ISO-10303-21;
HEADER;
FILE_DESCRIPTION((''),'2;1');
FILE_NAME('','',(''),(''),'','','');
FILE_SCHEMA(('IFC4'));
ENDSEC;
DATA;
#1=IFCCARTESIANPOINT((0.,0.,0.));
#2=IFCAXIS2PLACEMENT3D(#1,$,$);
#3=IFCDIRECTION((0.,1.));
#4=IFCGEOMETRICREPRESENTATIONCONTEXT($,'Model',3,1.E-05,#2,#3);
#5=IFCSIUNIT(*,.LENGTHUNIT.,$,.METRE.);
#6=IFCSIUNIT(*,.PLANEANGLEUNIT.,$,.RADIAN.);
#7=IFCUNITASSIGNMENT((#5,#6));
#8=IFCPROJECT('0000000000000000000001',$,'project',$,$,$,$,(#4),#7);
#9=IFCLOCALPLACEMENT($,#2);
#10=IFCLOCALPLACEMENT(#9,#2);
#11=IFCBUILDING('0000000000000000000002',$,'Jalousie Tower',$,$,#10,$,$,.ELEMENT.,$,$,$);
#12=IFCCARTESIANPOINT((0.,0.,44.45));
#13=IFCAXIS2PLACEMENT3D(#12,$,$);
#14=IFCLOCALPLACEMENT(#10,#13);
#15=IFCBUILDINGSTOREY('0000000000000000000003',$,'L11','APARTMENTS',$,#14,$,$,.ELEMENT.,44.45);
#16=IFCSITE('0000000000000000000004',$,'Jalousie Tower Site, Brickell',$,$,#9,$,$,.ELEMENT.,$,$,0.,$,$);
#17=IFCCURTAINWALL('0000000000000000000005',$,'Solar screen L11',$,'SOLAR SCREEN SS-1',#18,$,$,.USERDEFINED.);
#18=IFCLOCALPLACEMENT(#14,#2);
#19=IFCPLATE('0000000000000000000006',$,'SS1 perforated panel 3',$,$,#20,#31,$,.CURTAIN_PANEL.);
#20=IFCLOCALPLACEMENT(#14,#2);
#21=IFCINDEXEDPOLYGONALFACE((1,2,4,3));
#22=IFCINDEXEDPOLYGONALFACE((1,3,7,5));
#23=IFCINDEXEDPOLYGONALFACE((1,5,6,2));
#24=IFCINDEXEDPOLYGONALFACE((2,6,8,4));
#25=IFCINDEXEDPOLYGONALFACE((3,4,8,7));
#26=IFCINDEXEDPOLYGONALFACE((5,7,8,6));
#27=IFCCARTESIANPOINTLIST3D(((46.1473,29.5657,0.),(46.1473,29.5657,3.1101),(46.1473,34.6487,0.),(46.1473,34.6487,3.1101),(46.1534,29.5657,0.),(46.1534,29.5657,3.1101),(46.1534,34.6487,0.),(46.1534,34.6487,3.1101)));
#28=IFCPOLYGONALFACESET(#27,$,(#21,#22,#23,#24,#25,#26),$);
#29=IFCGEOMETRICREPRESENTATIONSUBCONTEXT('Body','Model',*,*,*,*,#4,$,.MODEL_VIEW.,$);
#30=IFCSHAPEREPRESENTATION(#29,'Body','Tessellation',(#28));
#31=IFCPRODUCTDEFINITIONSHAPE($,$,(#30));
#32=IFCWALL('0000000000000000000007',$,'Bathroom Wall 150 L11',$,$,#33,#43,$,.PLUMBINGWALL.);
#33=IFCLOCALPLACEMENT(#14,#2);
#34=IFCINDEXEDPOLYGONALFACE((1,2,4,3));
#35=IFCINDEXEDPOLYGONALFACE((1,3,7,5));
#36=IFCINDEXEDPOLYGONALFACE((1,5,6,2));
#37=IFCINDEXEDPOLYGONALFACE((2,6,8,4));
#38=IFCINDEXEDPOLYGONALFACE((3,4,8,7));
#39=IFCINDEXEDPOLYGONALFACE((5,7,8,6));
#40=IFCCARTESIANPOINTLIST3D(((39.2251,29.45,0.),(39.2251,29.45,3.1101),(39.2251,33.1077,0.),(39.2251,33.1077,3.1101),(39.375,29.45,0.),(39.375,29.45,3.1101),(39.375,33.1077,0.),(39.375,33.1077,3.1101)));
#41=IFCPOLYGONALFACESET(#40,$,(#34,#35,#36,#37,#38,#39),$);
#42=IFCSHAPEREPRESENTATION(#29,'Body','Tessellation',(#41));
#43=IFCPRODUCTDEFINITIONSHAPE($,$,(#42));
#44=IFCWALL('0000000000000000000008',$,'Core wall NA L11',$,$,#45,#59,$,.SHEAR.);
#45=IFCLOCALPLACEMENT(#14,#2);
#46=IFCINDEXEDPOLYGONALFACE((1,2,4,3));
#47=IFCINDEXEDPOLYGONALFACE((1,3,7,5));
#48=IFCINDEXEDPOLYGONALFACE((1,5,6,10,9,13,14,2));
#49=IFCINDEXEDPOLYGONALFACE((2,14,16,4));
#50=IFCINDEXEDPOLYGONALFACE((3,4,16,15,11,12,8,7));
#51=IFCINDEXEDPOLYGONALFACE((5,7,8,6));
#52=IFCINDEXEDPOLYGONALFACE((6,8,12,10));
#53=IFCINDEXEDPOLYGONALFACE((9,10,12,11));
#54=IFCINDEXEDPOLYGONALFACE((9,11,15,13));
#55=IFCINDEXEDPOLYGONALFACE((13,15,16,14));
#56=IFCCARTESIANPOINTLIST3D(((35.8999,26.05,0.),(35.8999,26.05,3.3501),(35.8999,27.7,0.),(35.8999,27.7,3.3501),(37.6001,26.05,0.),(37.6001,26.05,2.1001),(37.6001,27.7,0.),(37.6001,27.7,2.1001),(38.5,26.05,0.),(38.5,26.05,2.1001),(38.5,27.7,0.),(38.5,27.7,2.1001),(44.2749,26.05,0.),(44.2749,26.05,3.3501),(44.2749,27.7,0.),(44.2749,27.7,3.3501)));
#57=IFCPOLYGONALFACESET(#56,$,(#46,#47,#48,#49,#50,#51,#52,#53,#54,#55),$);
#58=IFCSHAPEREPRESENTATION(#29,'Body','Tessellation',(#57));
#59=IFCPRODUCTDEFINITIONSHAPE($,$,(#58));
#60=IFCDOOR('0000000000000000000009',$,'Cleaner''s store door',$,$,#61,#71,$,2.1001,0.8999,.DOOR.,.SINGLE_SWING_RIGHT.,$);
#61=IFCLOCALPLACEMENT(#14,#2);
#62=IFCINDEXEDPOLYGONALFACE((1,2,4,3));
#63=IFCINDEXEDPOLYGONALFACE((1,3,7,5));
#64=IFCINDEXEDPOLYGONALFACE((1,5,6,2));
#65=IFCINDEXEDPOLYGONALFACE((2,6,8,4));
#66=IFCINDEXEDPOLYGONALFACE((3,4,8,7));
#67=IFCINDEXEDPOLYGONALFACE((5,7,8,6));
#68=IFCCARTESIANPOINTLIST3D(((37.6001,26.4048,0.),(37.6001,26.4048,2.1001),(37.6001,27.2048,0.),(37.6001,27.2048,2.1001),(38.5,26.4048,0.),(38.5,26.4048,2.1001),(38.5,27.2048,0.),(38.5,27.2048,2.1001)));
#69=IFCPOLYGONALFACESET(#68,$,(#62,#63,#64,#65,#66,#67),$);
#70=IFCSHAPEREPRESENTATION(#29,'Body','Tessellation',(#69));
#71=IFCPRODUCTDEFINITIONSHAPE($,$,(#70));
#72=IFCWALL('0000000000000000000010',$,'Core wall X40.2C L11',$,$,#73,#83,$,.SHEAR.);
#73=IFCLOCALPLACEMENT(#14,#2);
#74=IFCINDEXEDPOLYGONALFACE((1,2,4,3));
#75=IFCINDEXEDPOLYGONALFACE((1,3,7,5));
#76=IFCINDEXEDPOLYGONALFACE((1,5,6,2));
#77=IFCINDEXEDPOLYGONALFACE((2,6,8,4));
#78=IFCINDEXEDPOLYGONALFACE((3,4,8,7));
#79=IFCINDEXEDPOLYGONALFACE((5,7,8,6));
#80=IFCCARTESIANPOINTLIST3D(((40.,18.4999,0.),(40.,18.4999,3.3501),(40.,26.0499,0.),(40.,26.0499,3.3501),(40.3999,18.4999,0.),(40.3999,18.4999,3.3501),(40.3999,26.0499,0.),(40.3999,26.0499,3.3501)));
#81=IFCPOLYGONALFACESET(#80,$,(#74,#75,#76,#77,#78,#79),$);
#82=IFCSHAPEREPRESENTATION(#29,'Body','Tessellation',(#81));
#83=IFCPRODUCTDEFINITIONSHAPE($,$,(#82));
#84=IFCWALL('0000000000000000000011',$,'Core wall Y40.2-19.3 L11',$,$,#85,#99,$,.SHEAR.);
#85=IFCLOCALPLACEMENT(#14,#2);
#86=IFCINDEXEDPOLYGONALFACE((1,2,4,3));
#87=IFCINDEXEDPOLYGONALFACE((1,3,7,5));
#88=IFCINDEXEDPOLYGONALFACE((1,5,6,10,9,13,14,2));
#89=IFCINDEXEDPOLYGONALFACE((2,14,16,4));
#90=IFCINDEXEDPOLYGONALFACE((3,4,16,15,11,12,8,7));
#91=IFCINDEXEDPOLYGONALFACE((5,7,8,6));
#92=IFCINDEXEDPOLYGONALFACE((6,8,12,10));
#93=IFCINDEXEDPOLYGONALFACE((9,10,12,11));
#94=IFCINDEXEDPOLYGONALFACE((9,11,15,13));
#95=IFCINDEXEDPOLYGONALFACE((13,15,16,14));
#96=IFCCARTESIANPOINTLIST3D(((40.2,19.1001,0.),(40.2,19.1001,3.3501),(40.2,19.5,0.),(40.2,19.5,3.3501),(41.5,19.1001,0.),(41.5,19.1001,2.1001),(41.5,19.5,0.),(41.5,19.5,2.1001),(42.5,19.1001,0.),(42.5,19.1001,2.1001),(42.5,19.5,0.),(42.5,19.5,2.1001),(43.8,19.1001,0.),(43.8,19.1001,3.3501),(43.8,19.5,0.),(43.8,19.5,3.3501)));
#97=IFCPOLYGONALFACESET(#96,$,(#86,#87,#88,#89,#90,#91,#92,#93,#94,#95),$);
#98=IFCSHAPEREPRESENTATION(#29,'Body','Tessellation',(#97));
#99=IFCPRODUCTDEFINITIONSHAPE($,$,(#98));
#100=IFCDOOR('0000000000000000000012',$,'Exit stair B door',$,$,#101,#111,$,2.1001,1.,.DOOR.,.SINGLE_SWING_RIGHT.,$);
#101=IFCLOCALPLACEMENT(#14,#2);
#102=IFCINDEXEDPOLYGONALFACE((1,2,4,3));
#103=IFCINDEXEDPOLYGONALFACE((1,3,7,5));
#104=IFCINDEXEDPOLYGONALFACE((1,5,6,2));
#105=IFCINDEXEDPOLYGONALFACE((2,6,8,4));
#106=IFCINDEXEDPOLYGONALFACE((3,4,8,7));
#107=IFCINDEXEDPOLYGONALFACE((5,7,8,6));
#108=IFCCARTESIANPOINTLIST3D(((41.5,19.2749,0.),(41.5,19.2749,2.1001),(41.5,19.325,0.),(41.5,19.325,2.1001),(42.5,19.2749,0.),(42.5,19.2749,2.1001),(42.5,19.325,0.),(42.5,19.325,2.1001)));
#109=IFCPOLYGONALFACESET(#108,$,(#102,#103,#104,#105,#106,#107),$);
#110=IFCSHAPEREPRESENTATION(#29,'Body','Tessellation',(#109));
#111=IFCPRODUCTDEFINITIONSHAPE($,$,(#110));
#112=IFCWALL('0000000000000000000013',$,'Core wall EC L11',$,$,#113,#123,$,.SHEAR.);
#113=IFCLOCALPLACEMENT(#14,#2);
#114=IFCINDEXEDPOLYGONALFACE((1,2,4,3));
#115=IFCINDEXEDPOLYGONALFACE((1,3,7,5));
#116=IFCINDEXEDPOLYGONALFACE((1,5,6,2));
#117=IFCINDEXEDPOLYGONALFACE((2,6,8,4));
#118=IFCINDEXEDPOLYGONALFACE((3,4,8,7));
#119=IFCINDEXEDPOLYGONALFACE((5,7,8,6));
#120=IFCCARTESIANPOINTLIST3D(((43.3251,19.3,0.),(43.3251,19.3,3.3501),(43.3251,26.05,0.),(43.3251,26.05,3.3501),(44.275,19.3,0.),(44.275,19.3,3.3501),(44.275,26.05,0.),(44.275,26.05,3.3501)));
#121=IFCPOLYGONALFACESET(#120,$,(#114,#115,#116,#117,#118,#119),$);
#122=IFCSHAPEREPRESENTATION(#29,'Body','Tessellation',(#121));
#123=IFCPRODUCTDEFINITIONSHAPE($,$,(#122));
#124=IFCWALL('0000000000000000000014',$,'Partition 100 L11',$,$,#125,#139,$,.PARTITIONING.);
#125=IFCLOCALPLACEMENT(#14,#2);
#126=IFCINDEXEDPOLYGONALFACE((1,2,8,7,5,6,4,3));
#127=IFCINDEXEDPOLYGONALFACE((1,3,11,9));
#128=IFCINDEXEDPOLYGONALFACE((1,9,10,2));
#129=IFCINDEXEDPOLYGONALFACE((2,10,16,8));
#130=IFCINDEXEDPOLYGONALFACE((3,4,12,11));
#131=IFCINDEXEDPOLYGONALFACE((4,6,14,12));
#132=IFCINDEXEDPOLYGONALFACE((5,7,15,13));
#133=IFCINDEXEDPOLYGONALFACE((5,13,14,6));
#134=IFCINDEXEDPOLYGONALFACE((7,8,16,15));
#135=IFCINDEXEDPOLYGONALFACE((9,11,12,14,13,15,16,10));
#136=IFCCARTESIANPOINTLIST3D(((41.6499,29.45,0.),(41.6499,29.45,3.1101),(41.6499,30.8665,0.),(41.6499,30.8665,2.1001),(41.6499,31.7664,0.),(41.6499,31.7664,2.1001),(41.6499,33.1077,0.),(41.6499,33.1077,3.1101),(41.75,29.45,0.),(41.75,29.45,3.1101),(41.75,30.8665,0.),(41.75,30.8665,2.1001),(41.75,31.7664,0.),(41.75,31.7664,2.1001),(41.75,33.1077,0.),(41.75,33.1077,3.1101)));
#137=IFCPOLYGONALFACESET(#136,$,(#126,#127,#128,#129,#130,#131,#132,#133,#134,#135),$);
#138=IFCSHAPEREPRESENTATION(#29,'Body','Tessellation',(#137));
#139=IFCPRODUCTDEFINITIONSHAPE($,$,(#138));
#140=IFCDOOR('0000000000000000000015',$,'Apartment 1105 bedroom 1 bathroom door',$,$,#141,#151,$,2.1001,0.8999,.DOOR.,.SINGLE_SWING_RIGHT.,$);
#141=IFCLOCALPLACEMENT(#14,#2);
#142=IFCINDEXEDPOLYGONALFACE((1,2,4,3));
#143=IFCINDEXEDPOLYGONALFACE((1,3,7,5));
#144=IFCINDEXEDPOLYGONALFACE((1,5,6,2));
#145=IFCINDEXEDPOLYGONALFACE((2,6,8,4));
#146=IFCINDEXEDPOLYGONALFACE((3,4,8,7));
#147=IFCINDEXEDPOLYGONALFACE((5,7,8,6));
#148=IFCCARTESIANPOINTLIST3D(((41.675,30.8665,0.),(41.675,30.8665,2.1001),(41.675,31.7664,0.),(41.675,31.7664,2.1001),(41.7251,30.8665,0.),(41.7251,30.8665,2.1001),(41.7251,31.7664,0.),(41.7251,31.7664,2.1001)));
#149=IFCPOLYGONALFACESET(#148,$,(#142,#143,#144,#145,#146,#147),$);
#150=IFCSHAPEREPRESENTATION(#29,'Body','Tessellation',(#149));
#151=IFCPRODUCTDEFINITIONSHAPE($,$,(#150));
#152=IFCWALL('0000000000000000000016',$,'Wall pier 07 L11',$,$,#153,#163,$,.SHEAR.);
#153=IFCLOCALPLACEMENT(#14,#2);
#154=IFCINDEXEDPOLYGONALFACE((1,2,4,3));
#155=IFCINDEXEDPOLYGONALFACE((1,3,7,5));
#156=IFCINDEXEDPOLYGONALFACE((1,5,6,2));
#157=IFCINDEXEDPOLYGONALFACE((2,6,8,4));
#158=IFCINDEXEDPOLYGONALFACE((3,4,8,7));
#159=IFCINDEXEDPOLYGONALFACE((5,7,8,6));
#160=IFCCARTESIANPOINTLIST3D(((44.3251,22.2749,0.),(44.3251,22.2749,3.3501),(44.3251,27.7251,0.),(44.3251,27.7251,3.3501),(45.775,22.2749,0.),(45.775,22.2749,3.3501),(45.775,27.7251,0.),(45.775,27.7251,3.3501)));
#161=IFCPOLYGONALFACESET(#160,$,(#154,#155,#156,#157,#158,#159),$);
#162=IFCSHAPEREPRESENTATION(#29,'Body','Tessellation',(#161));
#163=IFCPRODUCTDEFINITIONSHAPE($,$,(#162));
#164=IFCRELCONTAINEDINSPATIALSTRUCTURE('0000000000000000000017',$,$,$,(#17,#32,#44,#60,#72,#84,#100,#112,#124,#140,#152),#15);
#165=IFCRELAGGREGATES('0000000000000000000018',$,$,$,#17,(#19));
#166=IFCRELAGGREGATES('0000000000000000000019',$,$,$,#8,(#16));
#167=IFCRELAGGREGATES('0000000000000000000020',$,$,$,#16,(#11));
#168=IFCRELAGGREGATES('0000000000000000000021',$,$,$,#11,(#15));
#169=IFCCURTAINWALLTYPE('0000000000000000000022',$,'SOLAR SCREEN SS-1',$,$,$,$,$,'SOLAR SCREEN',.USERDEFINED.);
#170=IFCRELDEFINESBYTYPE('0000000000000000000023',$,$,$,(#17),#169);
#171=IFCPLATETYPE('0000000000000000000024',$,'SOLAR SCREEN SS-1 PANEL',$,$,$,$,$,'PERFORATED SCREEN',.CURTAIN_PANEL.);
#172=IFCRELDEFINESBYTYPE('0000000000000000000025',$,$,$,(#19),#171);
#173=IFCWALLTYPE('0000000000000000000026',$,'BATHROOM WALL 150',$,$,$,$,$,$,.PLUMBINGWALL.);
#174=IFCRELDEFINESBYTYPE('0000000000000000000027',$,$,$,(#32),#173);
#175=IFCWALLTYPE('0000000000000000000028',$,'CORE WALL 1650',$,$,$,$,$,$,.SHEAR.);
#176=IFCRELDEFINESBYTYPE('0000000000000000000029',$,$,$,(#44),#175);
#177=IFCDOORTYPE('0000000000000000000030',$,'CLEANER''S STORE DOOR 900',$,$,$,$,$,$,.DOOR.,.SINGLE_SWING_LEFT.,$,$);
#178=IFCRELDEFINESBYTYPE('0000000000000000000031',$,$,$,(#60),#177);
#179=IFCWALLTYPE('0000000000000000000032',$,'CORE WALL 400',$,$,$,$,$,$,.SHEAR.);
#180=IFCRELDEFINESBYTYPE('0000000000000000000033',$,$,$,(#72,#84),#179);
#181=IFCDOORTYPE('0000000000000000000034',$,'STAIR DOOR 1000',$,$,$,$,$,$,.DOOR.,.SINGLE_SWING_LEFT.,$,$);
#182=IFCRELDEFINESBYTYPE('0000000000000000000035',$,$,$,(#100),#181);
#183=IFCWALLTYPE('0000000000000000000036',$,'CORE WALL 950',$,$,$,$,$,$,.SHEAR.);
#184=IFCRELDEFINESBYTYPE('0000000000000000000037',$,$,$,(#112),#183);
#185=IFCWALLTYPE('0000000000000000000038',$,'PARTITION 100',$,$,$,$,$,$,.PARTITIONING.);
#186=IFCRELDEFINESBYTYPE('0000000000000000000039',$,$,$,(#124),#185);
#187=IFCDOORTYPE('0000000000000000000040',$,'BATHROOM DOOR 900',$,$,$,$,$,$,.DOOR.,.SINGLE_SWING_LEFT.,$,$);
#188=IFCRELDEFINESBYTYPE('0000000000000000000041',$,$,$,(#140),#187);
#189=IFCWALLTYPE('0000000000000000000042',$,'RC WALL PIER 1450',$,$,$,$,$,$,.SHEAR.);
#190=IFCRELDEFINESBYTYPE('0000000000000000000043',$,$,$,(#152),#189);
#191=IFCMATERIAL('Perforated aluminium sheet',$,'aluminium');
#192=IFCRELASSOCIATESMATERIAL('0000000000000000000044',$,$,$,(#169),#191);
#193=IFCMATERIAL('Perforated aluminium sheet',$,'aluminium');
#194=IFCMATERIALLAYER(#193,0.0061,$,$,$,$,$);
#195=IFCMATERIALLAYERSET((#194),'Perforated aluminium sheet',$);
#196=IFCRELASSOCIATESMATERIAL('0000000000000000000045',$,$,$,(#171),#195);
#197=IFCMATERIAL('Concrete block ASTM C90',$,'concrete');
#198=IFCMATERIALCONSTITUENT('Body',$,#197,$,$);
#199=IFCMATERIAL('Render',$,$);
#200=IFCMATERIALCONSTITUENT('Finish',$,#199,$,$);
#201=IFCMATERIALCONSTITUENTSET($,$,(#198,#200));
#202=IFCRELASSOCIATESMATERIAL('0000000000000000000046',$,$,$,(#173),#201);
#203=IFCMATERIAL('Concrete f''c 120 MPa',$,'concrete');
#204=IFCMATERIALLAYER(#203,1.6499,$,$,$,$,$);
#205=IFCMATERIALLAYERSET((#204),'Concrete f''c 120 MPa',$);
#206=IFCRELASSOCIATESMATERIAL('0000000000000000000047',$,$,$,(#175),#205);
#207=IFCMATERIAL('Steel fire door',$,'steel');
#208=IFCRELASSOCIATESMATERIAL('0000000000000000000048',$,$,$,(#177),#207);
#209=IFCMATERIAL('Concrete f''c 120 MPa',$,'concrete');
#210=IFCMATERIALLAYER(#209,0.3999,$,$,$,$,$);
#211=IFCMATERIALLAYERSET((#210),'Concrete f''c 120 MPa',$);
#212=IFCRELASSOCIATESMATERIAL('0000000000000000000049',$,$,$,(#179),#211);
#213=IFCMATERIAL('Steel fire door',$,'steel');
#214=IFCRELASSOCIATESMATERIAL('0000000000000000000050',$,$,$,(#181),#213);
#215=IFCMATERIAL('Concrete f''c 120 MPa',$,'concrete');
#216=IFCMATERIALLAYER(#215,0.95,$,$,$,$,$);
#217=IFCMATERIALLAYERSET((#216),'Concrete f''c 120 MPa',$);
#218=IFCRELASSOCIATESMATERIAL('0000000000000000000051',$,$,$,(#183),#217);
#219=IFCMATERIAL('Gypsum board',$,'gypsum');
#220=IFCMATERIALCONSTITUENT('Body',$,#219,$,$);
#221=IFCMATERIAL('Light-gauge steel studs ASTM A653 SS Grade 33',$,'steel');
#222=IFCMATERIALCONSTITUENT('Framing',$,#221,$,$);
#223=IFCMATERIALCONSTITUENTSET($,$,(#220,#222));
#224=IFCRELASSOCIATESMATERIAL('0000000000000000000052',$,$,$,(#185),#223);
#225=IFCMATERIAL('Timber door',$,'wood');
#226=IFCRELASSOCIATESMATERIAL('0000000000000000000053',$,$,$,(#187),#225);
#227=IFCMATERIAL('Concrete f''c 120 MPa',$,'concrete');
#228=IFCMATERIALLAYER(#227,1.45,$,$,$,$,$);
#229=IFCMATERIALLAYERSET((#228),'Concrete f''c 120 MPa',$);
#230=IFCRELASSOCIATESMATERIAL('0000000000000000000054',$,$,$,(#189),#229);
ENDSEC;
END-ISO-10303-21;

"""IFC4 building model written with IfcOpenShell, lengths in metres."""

from ifc_helpers import new_model, si_unit, direction, frame, frame_2d, origin, origin_2d, place, context, subcontext, project, spatial, rectangle, extrude, material, layer, layer_set, constituent, constituent_set, type_object, element, fill, aggregate, save


model = new_model("IFC4")

# Units and contexts
model_context = context("Model", 3, precision=1e-05, world=origin(), true_north=direction((0.0, 1.0)))
body_context = subcontext(model_context, "Body", "Model", "MODEL_VIEW")
ifc_project = project(units=[si_unit("LENGTHUNIT", "METRE"), si_unit("PLANEANGLEUNIT", "RADIAN")], contexts=[model_context])

# Site, building, storey
site_placement = place(None, origin())
site = spatial("IfcSite", under=ifc_project, at=site_placement, Name="Jalousie Tower Site, Brickell", CompositionType="ELEMENT", RefElevation=0.0)
building_placement = place(site_placement, origin())
building = spatial("IfcBuilding", under=site, at=building_placement, Name="Jalousie Tower", CompositionType="ELEMENT")
storey_placement = place(building_placement, frame((0.0, 0.0, 44.45)))
storey = spatial("IfcBuildingStorey", under=building, at=storey_placement, Name="L11", Description="APARTMENTS", CompositionType="ELEMENT", Elevation=44.45)

# Curtain wall, plate
ifc_material_1 = material(Name="Perforated aluminium sheet", Category="aluminium")
curtain_wall_type = type_object("IfcCurtainWallType", Name="SOLAR SCREEN SS-1", ElementType="SOLAR SCREEN", PredefinedType="USERDEFINED", material=ifc_material_1)
curtain_wall_placement = place(storey_placement, origin())
curtain_wall = element("IfcCurtainWall", 1, at=curtain_wall_placement, inside=storey, type_object=curtain_wall_type, Name="Solar screen L11", ObjectType="SOLAR SCREEN SS-1", PredefinedType="USERDEFINED")
ifc_material_2 = material(Name="Perforated aluminium sheet", Category="aluminium")
ifc_layer_1 = layer(ifc_material_2, 0.0061)
ifc_layer_set_1 = layer_set([ifc_layer_1], Name="Perforated aluminium sheet")
plate_type = type_object("IfcPlateType", Name="SOLAR SCREEN SS-1 PANEL", ElementType="PERFORATED SCREEN", PredefinedType="CURTAIN_PANEL", material=ifc_layer_set_1)
plate_1_placement = place(storey_placement, frame((46.1504, 32.1072, 0.0), z_axis=(0.0, 0.0, 1.0), x_axis=(0.0, 1.0, 0.0)))
plate_1 = element("IfcPlate", 2, at=plate_1_placement, type_object=plate_type, Name="SS1 perforated panel 3", PredefinedType="CURTAIN_PANEL", context=body_context, shape_type="SweptSolid", body=[
    extrude(rectangle(XDim=5.083, YDim=0.0061, at=origin_2d()), origin(), (0.0, 0.0, 1.0), 3.1101),
])
aggregate(curtain_wall, [plate_1])

# Wall
ifc_material_3 = material(Name="Concrete block ASTM C90", Category="concrete")
ifc_constituent_1 = constituent(ifc_material_3, Name="Body")
ifc_material_4 = material(Name="Render")
ifc_constituent_2 = constituent(ifc_material_4, Name="Finish")
ifc_constituent_set_1 = constituent_set(constituents=[ifc_constituent_1, ifc_constituent_2])
wall_type_1 = type_object("IfcWallType", Name="BATHROOM WALL 150", PredefinedType="PLUMBINGWALL", material=ifc_constituent_set_1)
wall_1_placement = place(storey_placement, frame((39.3, 33.1077, 0.0), z_axis=(0.0, 0.0, 1.0), x_axis=(0.0, -1.0, 0.0)))
element("IfcWall", 3, at=wall_1_placement, inside=storey, type_object=wall_type_1, Name="Bathroom Wall 150 L11", PredefinedType="PLUMBINGWALL", context=body_context, shape_type="SweptSolid", body=[
    extrude(rectangle(XDim=3.6577, YDim=0.1499, at=frame_2d((1.8289, 0.0))), origin(), (0.0, 0.0, 1.0), 3.1101),
])

# Wall, opening, door
ifc_material_5 = material(Name="Concrete f'c 120 MPa", Category="concrete")
ifc_layer_2 = layer(ifc_material_5, 1.6499)
ifc_layer_set_2 = layer_set([ifc_layer_2], Name="Concrete f'c 120 MPa")
wall_type_2 = type_object("IfcWallType", Name="CORE WALL 1650", PredefinedType="SHEAR", material=ifc_layer_set_2)
wall_2_placement = place(storey_placement, frame((44.2749, 26.875, 0.0), z_axis=(0.0, 0.0, 1.0), x_axis=(-1.0, 0.0, 0.0)))
wall_2 = element("IfcWall", 4, at=wall_2_placement, inside=storey, type_object=wall_type_2, Name="Core wall NA L11", PredefinedType="SHEAR", context=body_context, shape_type="SweptSolid", body=[
    extrude(rectangle(XDim=8.375, YDim=1.6499, at=frame_2d((4.1875, 0.0))), origin(), (0.0, 0.0, 1.0), 3.3501),
])
opening_1_placement = place(wall_2_placement, frame((5.7749, 0.0, 0.0)))
opening_1 = element("IfcOpeningElement", 5, at=opening_1_placement, cuts=wall_2, PredefinedType="OPENING", context=body_context, shape_type="SweptSolid", body=[
    extrude(rectangle(XDim=0.8999, YDim=2.1001, at=frame_2d((0.45, 1.05))), frame((0.0, 0.835, 0.0), z_axis=(0.0, -1.0, 0.0), x_axis=(1.0, 0.0, 0.0)), (0.0, 0.0, 1.0), 1.6699),
])
ifc_material_6 = material(Name="Steel fire door", Category="steel")
door_type_1 = type_object("IfcDoorType", Name="CLEANER'S STORE DOOR 900", OperationType="SINGLE_SWING_LEFT", PredefinedType="DOOR", material=ifc_material_6)
door_1_placement = place(opening_1_placement, origin())
door_1 = element("IfcDoor", 6, at=door_1_placement, inside=storey, type_object=door_type_1, Name="Cleaner's store door", OperationType="SINGLE_SWING_RIGHT", OverallHeight=2.1001, OverallWidth=0.8999, PredefinedType="DOOR", context=body_context, shape_type="SweptSolid", body=[
    extrude(rectangle(XDim=0.8999, YDim=2.1001, at=frame_2d((0.45, 1.05))), frame((0.0, 0.4702, 0.0), z_axis=(0.0, -1.0, 0.0), x_axis=(1.0, 0.0, 0.0)), (0.0, 0.0, 1.0), 0.8),
])
fill(opening_1, door_1)

# Wall
ifc_material_7 = material(Name="Concrete f'c 120 MPa", Category="concrete")
ifc_layer_3 = layer(ifc_material_7, 0.3999)
ifc_layer_set_3 = layer_set([ifc_layer_3], Name="Concrete f'c 120 MPa")
wall_type_3 = type_object("IfcWallType", Name="CORE WALL 400", PredefinedType="SHEAR", material=ifc_layer_set_3)
wall_3_placement = place(storey_placement, frame((40.2, 18.5, 0.0), z_axis=(0.0, 0.0, 1.0), x_axis=(0.0, 1.0, 0.0)))
element("IfcWall", 7, at=wall_3_placement, inside=storey, type_object=wall_type_3, Name="Core wall X40.2C L11", PredefinedType="SHEAR", context=body_context, shape_type="SweptSolid", body=[
    extrude(rectangle(XDim=7.55, YDim=0.3999, at=frame_2d((3.7749, 0.0))), origin(), (0.0, 0.0, 1.0), 3.3501),
])

# Wall, opening, door
wall_4_placement = place(storey_placement, frame((40.2, 19.3, 0.0), z_axis=(0.0, 0.0, 1.0), x_axis=(1.0, 0.0, 0.0)))
wall_4 = element("IfcWall", 8, at=wall_4_placement, inside=storey, type_object=wall_type_3, Name="Core wall Y40.2-19.3 L11", PredefinedType="SHEAR", context=body_context, shape_type="SweptSolid", body=[
    extrude(rectangle(XDim=3.6001, YDim=0.3999, at=frame_2d((1.8, 0.0))), origin(), (0.0, 0.0, 1.0), 3.3501),
])
opening_2_placement = place(wall_4_placement, frame((1.3, 0.0, 0.0)))
opening_2 = element("IfcOpeningElement", 9, at=opening_2_placement, cuts=wall_4, PredefinedType="OPENING", context=body_context, shape_type="SweptSolid", body=[
    extrude(rectangle(XDim=1.0, YDim=2.1001, at=frame_2d((0.5, 1.05))), frame((0.0, 0.21, 0.0), z_axis=(0.0, -1.0, 0.0), x_axis=(1.0, 0.0, 0.0)), (0.0, 0.0, 1.0), 0.4199),
])
ifc_material_8 = material(Name="Steel fire door", Category="steel")
door_type_2 = type_object("IfcDoorType", Name="STAIR DOOR 1000", OperationType="SINGLE_SWING_LEFT", PredefinedType="DOOR", material=ifc_material_8)
door_2_placement = place(opening_2_placement, origin())
door_2 = element("IfcDoor", 10, at=door_2_placement, inside=storey, type_object=door_type_2, Name="Exit stair B door", OperationType="SINGLE_SWING_RIGHT", OverallHeight=2.1001, OverallWidth=1.0, PredefinedType="DOOR", context=body_context, shape_type="SweptSolid", body=[
    extrude(rectangle(XDim=1.0, YDim=2.1001, at=frame_2d((0.5, 1.05))), frame((0.0, 0.0249, 0.0), z_axis=(0.0, -1.0, 0.0), x_axis=(1.0, 0.0, 0.0)), (0.0, 0.0, 1.0), 0.05),
])
fill(opening_2, door_2)

# Wall
ifc_material_9 = material(Name="Concrete f'c 120 MPa", Category="concrete")
ifc_layer_4 = layer(ifc_material_9, 0.95)
ifc_layer_set_4 = layer_set([ifc_layer_4], Name="Concrete f'c 120 MPa")
wall_type_4 = type_object("IfcWallType", Name="CORE WALL 950", PredefinedType="SHEAR", material=ifc_layer_set_4)
wall_5_placement = place(storey_placement, frame((43.8, 19.3, 0.0), z_axis=(0.0, 0.0, 1.0), x_axis=(0.0, 1.0, 0.0)))
element("IfcWall", 11, at=wall_5_placement, inside=storey, type_object=wall_type_4, Name="Core wall EC L11", PredefinedType="SHEAR", context=body_context, shape_type="SweptSolid", body=[
    extrude(rectangle(XDim=6.75, YDim=0.95, at=frame_2d((3.375, 0.0))), origin(), (0.0, 0.0, 1.0), 3.3501),
])

# Wall, opening, door
ifc_material_10 = material(Name="Gypsum board", Category="gypsum")
ifc_constituent_3 = constituent(ifc_material_10, Name="Body")
ifc_material_11 = material(Name="Light-gauge steel studs ASTM A653 SS Grade 33", Category="steel")
ifc_constituent_4 = constituent(ifc_material_11, Name="Framing")
ifc_constituent_set_2 = constituent_set(constituents=[ifc_constituent_3, ifc_constituent_4])
wall_type_5 = type_object("IfcWallType", Name="PARTITION 100", PredefinedType="PARTITIONING", material=ifc_constituent_set_2)
wall_6_placement = place(storey_placement, frame((41.7, 33.1077, 0.0), z_axis=(0.0, 0.0, 1.0), x_axis=(0.0, -1.0, 0.0)))
wall_6 = element("IfcWall", 12, at=wall_6_placement, inside=storey, type_object=wall_type_5, Name="Partition 100 L11", PredefinedType="PARTITIONING", context=body_context, shape_type="SweptSolid", body=[
    extrude(rectangle(XDim=3.6577, YDim=0.1001, at=frame_2d((1.8289, 0.0))), origin(), (0.0, 0.0, 1.0), 3.1101),
])
opening_3_placement = place(wall_6_placement, frame((1.3413, 0.0, 0.0)))
opening_3 = element("IfcOpeningElement", 13, at=opening_3_placement, cuts=wall_6, PredefinedType="OPENING", context=body_context, shape_type="SweptSolid", body=[
    extrude(rectangle(XDim=0.8999, YDim=2.1001, at=frame_2d((0.45, 1.05))), frame((0.0, 0.0601, 0.0), z_axis=(0.0, -1.0, 0.0), x_axis=(1.0, 0.0, 0.0)), (0.0, 0.0, 1.0), 0.1201),
])
ifc_material_12 = material(Name="Timber door", Category="wood")
door_type_3 = type_object("IfcDoorType", Name="BATHROOM DOOR 900", OperationType="SINGLE_SWING_LEFT", PredefinedType="DOOR", material=ifc_material_12)
door_3_placement = place(opening_3_placement, frame((0.8999, 0.0, 0.0), z_axis=(0.0, 0.0, 1.0), x_axis=(-1.0, 0.0, 0.0)))
door_3 = element("IfcDoor", 14, at=door_3_placement, inside=storey, type_object=door_type_3, Name="Apartment 1105 bedroom 1 bathroom door", OperationType="SINGLE_SWING_RIGHT", OverallHeight=2.1001, OverallWidth=0.8999, PredefinedType="DOOR", context=body_context, shape_type="SweptSolid", body=[
    extrude(rectangle(XDim=0.8999, YDim=2.1001, at=frame_2d((0.45, 1.05))), frame((0.0, 0.0249, 0.0), z_axis=(0.0, -1.0, 0.0), x_axis=(1.0, 0.0, 0.0)), (0.0, 0.0, 1.0), 0.05),
])
fill(opening_3, door_3)

# Wall
ifc_material_13 = material(Name="Concrete f'c 120 MPa", Category="concrete")
ifc_layer_5 = layer(ifc_material_13, 1.45)
ifc_layer_set_5 = layer_set([ifc_layer_5], Name="Concrete f'c 120 MPa")
wall_type_6 = type_object("IfcWallType", Name="RC WALL PIER 1450", PredefinedType="SHEAR", material=ifc_layer_set_5)
wall_7_placement = place(storey_placement, frame((45.05, 22.2749, 0.0), z_axis=(0.0, 0.0, 1.0), x_axis=(0.0, 1.0, 0.0)))
element("IfcWall", 15, at=wall_7_placement, inside=storey, type_object=wall_type_6, Name="Wall pier 07 L11", PredefinedType="SHEAR", context=body_context, shape_type="SweptSolid", body=[
    extrude(rectangle(XDim=5.4502, YDim=1.45, at=frame_2d((2.7251, 0.0))), origin(), (0.0, 0.0, 1.0), 3.3501),
])

save(model, "model.ifc")
